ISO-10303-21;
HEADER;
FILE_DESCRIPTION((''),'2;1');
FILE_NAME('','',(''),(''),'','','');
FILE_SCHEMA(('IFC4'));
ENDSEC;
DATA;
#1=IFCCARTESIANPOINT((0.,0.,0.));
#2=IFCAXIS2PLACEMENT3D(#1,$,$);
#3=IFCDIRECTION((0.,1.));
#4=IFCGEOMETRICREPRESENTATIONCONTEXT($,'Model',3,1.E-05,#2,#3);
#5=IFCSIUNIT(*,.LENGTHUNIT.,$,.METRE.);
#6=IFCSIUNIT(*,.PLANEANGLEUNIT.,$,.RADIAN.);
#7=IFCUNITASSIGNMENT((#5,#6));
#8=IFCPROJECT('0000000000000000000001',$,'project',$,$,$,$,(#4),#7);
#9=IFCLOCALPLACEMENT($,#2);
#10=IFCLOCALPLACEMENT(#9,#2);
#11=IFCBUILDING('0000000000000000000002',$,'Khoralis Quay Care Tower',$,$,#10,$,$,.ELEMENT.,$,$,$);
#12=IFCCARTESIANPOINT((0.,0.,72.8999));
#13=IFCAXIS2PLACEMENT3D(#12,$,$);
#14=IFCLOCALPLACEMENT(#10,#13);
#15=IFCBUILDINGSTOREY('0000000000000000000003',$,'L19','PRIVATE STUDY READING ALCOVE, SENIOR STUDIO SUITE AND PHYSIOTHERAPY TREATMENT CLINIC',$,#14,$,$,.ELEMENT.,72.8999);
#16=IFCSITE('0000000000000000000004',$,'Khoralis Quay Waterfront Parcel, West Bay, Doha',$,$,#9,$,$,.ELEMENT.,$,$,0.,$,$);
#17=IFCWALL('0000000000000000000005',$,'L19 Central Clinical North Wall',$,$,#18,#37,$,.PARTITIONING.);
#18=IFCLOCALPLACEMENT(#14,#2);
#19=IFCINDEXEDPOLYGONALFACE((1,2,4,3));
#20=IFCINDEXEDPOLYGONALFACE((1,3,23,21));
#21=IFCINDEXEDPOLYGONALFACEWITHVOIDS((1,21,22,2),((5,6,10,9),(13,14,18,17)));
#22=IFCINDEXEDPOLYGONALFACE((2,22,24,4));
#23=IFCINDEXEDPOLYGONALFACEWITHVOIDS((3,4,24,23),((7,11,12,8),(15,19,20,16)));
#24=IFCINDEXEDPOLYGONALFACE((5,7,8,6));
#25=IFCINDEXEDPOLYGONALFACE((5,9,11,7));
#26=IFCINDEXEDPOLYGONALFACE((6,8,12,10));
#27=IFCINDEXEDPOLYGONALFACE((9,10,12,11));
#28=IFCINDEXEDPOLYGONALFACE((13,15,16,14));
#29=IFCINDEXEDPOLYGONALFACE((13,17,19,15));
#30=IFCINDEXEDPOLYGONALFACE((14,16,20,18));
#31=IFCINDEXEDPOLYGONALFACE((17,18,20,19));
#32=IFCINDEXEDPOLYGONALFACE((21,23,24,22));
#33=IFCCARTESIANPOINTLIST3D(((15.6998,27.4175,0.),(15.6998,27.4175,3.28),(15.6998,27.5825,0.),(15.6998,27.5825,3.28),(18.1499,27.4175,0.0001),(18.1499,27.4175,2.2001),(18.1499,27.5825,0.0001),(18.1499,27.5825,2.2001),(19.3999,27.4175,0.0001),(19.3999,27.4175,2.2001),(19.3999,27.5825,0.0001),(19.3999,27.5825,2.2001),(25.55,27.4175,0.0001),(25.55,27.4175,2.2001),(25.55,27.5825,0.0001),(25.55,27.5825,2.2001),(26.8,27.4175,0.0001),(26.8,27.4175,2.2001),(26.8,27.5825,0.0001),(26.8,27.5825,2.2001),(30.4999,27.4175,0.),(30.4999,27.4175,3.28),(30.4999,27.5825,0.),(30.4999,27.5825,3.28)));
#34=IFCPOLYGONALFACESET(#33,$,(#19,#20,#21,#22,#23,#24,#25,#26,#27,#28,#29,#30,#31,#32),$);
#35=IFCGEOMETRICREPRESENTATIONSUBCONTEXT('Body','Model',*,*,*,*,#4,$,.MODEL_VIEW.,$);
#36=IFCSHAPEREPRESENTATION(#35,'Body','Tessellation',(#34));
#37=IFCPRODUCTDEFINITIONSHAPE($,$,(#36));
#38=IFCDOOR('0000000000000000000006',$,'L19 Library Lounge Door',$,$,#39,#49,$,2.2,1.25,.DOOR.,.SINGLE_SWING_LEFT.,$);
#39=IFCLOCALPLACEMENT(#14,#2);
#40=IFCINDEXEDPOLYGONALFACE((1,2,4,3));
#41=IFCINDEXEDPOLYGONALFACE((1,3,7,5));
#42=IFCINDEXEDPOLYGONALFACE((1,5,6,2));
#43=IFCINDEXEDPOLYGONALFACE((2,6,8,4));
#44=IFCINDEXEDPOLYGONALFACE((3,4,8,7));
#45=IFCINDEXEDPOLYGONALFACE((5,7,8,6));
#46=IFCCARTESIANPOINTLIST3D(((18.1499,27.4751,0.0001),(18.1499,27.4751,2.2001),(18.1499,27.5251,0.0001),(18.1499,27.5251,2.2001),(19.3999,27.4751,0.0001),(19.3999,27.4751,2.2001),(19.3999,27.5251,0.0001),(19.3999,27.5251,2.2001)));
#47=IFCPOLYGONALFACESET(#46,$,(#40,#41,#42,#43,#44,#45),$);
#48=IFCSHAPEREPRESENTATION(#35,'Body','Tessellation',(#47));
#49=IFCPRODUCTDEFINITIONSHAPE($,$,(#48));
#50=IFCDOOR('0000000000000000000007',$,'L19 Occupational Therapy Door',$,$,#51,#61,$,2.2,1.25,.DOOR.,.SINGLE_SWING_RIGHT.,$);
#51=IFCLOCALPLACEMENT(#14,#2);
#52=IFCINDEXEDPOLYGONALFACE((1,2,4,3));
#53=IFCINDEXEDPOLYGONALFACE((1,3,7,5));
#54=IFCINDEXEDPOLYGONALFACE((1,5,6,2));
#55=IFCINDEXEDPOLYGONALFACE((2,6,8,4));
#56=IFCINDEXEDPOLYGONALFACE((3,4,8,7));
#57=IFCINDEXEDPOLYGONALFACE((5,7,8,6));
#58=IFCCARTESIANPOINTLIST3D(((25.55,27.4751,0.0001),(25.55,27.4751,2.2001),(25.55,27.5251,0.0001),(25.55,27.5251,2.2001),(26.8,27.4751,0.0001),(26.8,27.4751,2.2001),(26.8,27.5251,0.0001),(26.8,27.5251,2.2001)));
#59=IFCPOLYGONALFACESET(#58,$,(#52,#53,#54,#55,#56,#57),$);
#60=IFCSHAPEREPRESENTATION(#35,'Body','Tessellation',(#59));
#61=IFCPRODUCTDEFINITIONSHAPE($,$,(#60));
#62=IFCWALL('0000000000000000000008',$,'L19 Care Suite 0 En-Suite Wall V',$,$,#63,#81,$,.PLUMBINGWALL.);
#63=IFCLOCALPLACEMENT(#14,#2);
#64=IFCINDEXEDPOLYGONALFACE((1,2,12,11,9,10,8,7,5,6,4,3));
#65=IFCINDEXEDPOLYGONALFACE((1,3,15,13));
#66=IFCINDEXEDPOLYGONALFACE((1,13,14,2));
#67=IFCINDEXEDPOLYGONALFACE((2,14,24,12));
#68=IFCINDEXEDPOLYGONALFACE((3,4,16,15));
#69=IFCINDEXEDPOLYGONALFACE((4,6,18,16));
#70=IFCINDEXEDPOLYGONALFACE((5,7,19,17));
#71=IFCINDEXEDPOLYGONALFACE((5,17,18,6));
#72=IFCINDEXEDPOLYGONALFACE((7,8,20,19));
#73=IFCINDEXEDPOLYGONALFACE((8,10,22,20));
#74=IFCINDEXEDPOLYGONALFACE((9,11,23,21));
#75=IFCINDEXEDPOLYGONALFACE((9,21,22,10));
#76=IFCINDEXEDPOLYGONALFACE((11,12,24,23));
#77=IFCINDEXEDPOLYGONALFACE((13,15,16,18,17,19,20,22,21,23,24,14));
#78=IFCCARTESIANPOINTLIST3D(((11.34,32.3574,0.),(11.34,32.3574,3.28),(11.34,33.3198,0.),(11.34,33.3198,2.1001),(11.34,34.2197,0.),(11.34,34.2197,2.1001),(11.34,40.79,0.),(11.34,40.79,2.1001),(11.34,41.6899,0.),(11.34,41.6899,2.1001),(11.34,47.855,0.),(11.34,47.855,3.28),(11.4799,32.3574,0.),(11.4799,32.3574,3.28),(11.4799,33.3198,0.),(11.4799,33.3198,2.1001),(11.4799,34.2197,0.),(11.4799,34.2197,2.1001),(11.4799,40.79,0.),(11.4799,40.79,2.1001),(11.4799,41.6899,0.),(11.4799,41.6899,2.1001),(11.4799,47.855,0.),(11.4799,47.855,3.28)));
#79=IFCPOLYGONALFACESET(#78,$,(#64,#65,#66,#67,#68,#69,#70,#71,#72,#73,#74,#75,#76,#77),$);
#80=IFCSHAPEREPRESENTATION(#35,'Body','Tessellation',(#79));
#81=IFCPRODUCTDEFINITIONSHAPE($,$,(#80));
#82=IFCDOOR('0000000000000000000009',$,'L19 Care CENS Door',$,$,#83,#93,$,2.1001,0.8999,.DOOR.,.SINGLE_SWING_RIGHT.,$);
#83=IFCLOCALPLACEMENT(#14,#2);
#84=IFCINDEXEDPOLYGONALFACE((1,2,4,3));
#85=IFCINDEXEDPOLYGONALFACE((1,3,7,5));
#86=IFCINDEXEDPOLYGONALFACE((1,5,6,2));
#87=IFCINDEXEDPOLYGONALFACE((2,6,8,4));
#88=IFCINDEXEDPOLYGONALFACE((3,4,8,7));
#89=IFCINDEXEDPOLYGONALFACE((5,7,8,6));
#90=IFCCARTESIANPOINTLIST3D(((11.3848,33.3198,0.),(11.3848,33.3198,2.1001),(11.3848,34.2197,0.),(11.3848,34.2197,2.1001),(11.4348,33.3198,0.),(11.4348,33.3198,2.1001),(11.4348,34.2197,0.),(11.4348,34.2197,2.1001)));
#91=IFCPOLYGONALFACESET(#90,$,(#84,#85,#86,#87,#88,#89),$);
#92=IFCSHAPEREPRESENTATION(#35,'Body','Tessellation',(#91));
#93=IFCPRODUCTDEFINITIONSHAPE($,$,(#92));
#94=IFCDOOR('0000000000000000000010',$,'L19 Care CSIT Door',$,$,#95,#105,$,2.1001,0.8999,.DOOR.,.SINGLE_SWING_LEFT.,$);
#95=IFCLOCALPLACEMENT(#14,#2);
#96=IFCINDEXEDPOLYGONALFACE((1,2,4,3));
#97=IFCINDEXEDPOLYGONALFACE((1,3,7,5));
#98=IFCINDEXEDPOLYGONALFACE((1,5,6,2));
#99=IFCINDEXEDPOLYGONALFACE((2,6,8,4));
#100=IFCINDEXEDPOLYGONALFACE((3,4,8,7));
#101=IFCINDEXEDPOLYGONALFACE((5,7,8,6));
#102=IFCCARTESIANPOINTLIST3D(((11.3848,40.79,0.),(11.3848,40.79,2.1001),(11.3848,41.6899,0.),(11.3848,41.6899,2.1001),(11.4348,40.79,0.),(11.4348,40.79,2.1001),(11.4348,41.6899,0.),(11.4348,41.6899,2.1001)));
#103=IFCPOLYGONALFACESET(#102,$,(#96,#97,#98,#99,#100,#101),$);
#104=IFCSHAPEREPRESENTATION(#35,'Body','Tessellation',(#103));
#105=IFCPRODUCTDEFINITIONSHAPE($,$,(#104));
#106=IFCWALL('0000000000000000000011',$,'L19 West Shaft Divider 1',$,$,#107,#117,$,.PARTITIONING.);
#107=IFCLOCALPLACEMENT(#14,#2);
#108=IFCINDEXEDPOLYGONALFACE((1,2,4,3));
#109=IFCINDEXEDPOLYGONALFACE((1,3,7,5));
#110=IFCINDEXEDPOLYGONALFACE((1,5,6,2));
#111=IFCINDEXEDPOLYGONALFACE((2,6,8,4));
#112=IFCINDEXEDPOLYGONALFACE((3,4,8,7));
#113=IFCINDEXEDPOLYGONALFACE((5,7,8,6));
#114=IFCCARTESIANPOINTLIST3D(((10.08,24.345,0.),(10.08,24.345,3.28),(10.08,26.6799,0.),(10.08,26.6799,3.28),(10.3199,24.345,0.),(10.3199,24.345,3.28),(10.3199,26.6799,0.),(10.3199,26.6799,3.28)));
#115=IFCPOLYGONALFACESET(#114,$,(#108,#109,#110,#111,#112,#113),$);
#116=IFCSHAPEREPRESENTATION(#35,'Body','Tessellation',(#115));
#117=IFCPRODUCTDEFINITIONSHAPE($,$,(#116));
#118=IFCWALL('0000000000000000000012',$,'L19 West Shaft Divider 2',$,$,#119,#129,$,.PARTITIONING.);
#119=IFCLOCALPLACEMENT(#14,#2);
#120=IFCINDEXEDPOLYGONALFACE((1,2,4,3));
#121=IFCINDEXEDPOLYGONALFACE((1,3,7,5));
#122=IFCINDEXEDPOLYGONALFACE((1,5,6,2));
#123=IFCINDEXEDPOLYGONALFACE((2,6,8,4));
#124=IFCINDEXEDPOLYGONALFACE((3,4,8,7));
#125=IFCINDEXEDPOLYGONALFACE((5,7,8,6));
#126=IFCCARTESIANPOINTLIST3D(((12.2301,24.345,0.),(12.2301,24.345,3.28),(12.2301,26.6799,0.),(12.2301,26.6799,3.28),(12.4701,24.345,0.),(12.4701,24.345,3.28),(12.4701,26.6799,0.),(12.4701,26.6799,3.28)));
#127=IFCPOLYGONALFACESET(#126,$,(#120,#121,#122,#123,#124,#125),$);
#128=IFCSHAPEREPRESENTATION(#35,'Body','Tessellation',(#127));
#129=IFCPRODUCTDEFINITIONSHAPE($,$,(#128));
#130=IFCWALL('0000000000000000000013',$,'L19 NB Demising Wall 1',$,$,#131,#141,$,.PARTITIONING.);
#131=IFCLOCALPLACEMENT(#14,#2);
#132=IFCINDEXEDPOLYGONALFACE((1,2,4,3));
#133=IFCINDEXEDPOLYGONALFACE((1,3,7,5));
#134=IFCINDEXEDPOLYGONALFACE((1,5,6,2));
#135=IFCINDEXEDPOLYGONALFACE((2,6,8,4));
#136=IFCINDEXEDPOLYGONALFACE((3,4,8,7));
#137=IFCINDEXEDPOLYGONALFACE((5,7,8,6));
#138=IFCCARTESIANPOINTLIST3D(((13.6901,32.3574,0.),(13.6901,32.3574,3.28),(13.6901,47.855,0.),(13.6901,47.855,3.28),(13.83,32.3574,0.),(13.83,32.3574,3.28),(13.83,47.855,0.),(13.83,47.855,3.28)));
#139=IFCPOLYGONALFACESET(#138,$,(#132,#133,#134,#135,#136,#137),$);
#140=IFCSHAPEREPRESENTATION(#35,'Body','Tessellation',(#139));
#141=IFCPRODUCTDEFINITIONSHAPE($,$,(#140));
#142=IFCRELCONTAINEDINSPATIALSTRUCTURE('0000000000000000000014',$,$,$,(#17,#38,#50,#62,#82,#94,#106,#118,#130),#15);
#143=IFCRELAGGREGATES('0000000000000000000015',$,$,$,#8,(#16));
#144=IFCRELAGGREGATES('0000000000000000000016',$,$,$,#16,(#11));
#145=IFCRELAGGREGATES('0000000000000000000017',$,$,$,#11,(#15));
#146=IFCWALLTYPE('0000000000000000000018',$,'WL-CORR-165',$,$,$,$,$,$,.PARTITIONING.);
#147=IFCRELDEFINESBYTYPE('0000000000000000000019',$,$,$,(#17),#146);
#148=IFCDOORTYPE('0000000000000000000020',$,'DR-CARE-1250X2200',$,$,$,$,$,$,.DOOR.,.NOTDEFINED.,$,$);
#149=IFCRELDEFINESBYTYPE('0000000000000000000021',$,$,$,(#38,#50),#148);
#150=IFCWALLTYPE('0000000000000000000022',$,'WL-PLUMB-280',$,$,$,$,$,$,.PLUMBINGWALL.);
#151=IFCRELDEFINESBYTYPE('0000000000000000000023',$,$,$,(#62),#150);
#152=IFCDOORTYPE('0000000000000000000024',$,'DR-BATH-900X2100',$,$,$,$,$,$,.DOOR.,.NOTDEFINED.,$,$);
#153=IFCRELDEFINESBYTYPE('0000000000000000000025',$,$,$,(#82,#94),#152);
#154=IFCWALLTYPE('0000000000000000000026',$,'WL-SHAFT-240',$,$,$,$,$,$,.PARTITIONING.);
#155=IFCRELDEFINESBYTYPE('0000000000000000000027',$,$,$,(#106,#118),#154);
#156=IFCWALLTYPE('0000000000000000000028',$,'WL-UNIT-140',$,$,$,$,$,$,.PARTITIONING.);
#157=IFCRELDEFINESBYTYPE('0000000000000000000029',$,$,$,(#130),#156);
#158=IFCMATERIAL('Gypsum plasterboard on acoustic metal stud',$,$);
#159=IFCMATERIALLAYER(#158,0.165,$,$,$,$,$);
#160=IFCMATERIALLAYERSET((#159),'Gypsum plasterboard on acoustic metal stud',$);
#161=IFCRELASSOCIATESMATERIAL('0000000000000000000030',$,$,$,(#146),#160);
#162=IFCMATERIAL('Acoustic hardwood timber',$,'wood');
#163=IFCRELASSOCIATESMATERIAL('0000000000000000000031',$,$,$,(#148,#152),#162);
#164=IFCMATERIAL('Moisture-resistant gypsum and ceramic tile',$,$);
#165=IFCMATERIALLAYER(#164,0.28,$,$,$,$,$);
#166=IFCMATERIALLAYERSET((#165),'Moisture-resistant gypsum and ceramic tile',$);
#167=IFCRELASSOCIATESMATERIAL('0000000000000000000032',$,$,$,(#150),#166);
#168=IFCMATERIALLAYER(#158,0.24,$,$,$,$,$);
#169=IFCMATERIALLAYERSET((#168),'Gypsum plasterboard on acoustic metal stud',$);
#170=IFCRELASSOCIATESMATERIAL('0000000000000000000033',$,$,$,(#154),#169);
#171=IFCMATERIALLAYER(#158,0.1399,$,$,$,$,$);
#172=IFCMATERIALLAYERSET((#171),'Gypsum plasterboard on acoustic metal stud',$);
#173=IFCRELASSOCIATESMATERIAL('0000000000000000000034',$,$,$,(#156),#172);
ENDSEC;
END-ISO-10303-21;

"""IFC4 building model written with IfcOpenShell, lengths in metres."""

from ifc_helpers import new_model, si_unit, direction, frame, frame_2d, origin, place, context, subcontext, project, spatial, rectangle, extrude, source, transform, mapped, material, layer, layer_set, type_object, element, fill, save


model = new_model("IFC4")

# Units and contexts
model_context = context("Model", 3, precision=1e-05, world=origin(), true_north=direction((0.0, 1.0)))
body_context = subcontext(model_context, "Body", "Model", "MODEL_VIEW")
ifc_project = project(units=[si_unit("LENGTHUNIT", "METRE"), si_unit("PLANEANGLEUNIT", "RADIAN")], contexts=[model_context])

# Site, building, storey
site_placement = place(None, origin())
site = spatial("IfcSite", under=ifc_project, at=site_placement, Name="Khoralis Quay Waterfront Parcel, West Bay, Doha", CompositionType="ELEMENT", RefElevation=0.0)
building_placement = place(site_placement, origin())
building = spatial("IfcBuilding", under=site, at=building_placement, Name="Khoralis Quay Care Tower", CompositionType="ELEMENT")
storey_placement = place(building_placement, frame((0.0, 0.0, 72.8999)))
storey = spatial("IfcBuildingStorey", under=building, at=storey_placement, Name="L19", Description="PRIVATE STUDY READING ALCOVE, SENIOR STUDIO SUITE AND PHYSIOTHERAPY TREATMENT CLINIC", CompositionType="ELEMENT", Elevation=72.8999)

# Shared definitions
ifc_material_1 = material(Name="Gypsum plasterboard on acoustic metal stud")
ifc_layer_1 = layer(ifc_material_1, 0.165)
ifc_layer_set_1 = layer_set([ifc_layer_1], Name="Gypsum plasterboard on acoustic metal stud")
wall_type_1 = type_object("IfcWallType", Name="WL-CORR-165", PredefinedType="PARTITIONING", material=ifc_layer_set_1)

# Walls, openings, doors
wall_1_placement = place(storey_placement, frame((15.7, 27.5, 0.0), z_axis=(0.0, 0.0, 1.0), x_axis=(1.0, 0.0, 0.0)))
wall_1 = element("IfcWall", 1, at=wall_1_placement, inside=storey, type_object=wall_type_1, Name="L19 Central Clinical North Wall", PredefinedType="PARTITIONING", context=body_context, shape_type="SweptSolid", body=[
    extrude(rectangle(XDim=14.8, YDim=0.165, at=frame_2d((7.3999, 0.0))), origin(), (0.0, 0.0, 1.0), 3.28),
])
opening_1_placement = place(wall_1_placement, frame((2.45, 0.0, 0.0)))
opening_1 = element("IfcOpeningElement", 2, at=opening_1_placement, cuts=wall_1, PredefinedType="OPENING", context=body_context, shape_type="SweptSolid", body=[
    extrude(rectangle(XDim=1.25, YDim=2.2, at=frame_2d((0.625, 1.1001))), frame((0.0, 0.0925, 0.0), z_axis=(0.0, -1.0, 0.0), x_axis=(1.0, 0.0, 0.0)), (0.0, 0.0, 1.0), 0.1851),
])
opening_2_placement = place(wall_1_placement, frame((9.8501, 0.0, 0.0)))
opening_2 = element("IfcOpeningElement", 3, at=opening_2_placement, cuts=wall_1, PredefinedType="OPENING", context=body_context, shape_type="SweptSolid", body=[
    extrude(rectangle(XDim=1.25, YDim=2.2, at=frame_2d((0.625, 1.1001))), frame((0.0, 0.0925, 0.0), z_axis=(0.0, -1.0, 0.0), x_axis=(1.0, 0.0, 0.0)), (0.0, 0.0, 1.0), 0.1851),
])
ifc_material_2 = material(Name="Acoustic hardwood timber", Category="wood")
door_type_1 = type_object("IfcDoorType", Name="DR-CARE-1250X2200", OperationType="NOTDEFINED", PredefinedType="DOOR", material=ifc_material_2)
shared_shape_1 = source(origin(), body_context, "Body", "SweptSolid", [
    extrude(rectangle(XDim=1.25, YDim=2.2, at=frame_2d((0.625, 1.1001))), frame((0.0, 0.0249, 0.0), z_axis=(0.0, -1.0, 0.0), x_axis=(1.0, 0.0, 0.0)), (0.0, 0.0, 1.0), 0.05),
])
door_1_placement = place(opening_1_placement, frame((1.25, 0.0, 0.0), z_axis=(0.0, 0.0, 1.0), x_axis=(-1.0, 0.0, 0.0)))
door_1 = element("IfcDoor", 4, at=door_1_placement, inside=storey, type_object=door_type_1, Name="L19 Library Lounge Door", OperationType="SINGLE_SWING_LEFT", OverallHeight=2.2, OverallWidth=1.25, PredefinedType="DOOR", context=body_context, shape_type="MappedRepresentation", body=[
    mapped(shared_shape_1, transform((0.0, 0.0, 0.0), scale=1.0)),
])
fill(opening_1, door_1)
door_2_placement = place(opening_2_placement, frame((1.25, 0.0, 0.0), z_axis=(0.0, 0.0, 1.0), x_axis=(-1.0, 0.0, 0.0)))
door_2 = element("IfcDoor", 5, at=door_2_placement, inside=storey, type_object=door_type_1, Name="L19 Occupational Therapy Door", OperationType="SINGLE_SWING_RIGHT", OverallHeight=2.2, OverallWidth=1.25, PredefinedType="DOOR", context=body_context, shape_type="MappedRepresentation", body=[
    mapped(shared_shape_1, transform((0.0, 0.0, 0.0), scale=1.0)),
])
fill(opening_2, door_2)
ifc_material_3 = material(Name="Moisture-resistant gypsum and ceramic tile")
ifc_layer_2 = layer(ifc_material_3, 0.28)
ifc_layer_set_2 = layer_set([ifc_layer_2], Name="Moisture-resistant gypsum and ceramic tile")
wall_type_2 = type_object("IfcWallType", Name="WL-PLUMB-280", PredefinedType="PLUMBINGWALL", material=ifc_layer_set_2)
wall_2_placement = place(storey_placement, frame((11.4099, 32.3574, 0.0), z_axis=(0.0, 0.0, 1.0), x_axis=(0.0, 1.0, 0.0)))
wall_2 = element("IfcWall", 6, at=wall_2_placement, inside=storey, type_object=wall_type_2, Name="L19 Care Suite 0 En-Suite Wall V", PredefinedType="PLUMBINGWALL", context=body_context, shape_type="SweptSolid", body=[
    extrude(rectangle(XDim=15.4976, YDim=0.1399, at=frame_2d((7.7488, 0.0))), origin(), (0.0, 0.0, 1.0), 3.28),
])
opening_3_placement = place(wall_2_placement, frame((0.9624, 0.0, 0.0)))
opening_3 = element("IfcOpeningElement", 7, at=opening_3_placement, cuts=wall_2, PredefinedType="OPENING", context=body_context, shape_type="SweptSolid", body=[
    extrude(rectangle(XDim=0.8999, YDim=2.1001, at=frame_2d((0.45, 1.05))), frame((0.0, 0.0801, 0.0), z_axis=(0.0, -1.0, 0.0), x_axis=(1.0, 0.0, 0.0)), (0.0, 0.0, 1.0), 0.1599),
])
opening_4_placement = place(wall_2_placement, frame((8.4326, 0.0, 0.0)))
opening_4 = element("IfcOpeningElement", 8, at=opening_4_placement, cuts=wall_2, PredefinedType="OPENING", context=body_context, shape_type="SweptSolid", body=[
    extrude(rectangle(XDim=0.8999, YDim=2.1001, at=frame_2d((0.45, 1.05))), frame((0.0, 0.0801, 0.0), z_axis=(0.0, -1.0, 0.0), x_axis=(1.0, 0.0, 0.0)), (0.0, 0.0, 1.0), 0.1599),
])
door_type_2 = type_object("IfcDoorType", Name="DR-BATH-900X2100", OperationType="NOTDEFINED", PredefinedType="DOOR", material=ifc_material_2)
shared_shape_2 = source(origin(), body_context, "Body", "SweptSolid", [
    extrude(rectangle(XDim=0.8999, YDim=2.1001, at=frame_2d((0.45, 1.05))), frame((0.0, 0.0249, 0.0), z_axis=(0.0, -1.0, 0.0), x_axis=(1.0, 0.0, 0.0)), (0.0, 0.0, 1.0), 0.05),
])
door_3_placement = place(opening_3_placement, frame((0.8999, 0.0, 0.0), z_axis=(0.0, 0.0, 1.0), x_axis=(-1.0, 0.0, 0.0)))
door_3 = element("IfcDoor", 9, at=door_3_placement, inside=storey, type_object=door_type_2, Name="L19 Care CENS Door", OperationType="SINGLE_SWING_RIGHT", OverallHeight=2.1001, OverallWidth=0.8999, PredefinedType="DOOR", context=body_context, shape_type="MappedRepresentation", body=[
    mapped(shared_shape_2, transform((0.0, 0.0, 0.0), scale=1.0)),
])
fill(opening_3, door_3)
door_4_placement = place(opening_4_placement, frame((0.8999, 0.0, 0.0), z_axis=(0.0, 0.0, 1.0), x_axis=(-1.0, 0.0, 0.0)))
door_4 = element("IfcDoor", 10, at=door_4_placement, inside=storey, type_object=door_type_2, Name="L19 Care CSIT Door", OperationType="SINGLE_SWING_LEFT", OverallHeight=2.1001, OverallWidth=0.8999, PredefinedType="DOOR", context=body_context, shape_type="MappedRepresentation", body=[
    mapped(shared_shape_2, transform((0.0, 0.0, 0.0), scale=1.0)),
])
fill(opening_4, door_4)

# Walls
ifc_layer_3 = layer(ifc_material_1, 0.24)
ifc_layer_set_3 = layer_set([ifc_layer_3], Name="Gypsum plasterboard on acoustic metal stud")
wall_type_3 = type_object("IfcWallType", Name="WL-SHAFT-240", PredefinedType="PARTITIONING", material=ifc_layer_set_3)
for number, where, z_axis, x_axis, name in (
    (11, (10.2, 24.345, 0.0), (0.0, 0.0, 1.0), (0.0, 1.0, 0.0), "L19 West Shaft Divider 1"),
    (12, (12.3501, 24.345, 0.0), (0.0, 0.0, 1.0), (0.0, 1.0, 0.0), "L19 West Shaft Divider 2"),
):
    element("IfcWall", number, at=place(storey_placement, frame(where, z_axis=z_axis, x_axis=x_axis)), inside=storey, type_object=wall_type_3, Name=name, PredefinedType="PARTITIONING", context=body_context, shape_type="SweptSolid", body=[
        extrude(rectangle(XDim=2.335, YDim=0.24, at=frame_2d((1.1675, 0.0))), origin(), (0.0, 0.0, 1.0), 3.28),
    ])
ifc_layer_4 = layer(ifc_material_1, 0.1399)
ifc_layer_set_4 = layer_set([ifc_layer_4], Name="Gypsum plasterboard on acoustic metal stud")
wall_type_4 = type_object("IfcWallType", Name="WL-UNIT-140", PredefinedType="PARTITIONING", material=ifc_layer_set_4)
wall_3_placement = place(storey_placement, frame((13.76, 32.3574, 0.0), z_axis=(0.0, 0.0, 1.0), x_axis=(0.0, 1.0, 0.0)))
element("IfcWall", 13, at=wall_3_placement, inside=storey, type_object=wall_type_4, Name="L19 NB Demising Wall 1", PredefinedType="PARTITIONING", context=body_context, shape_type="SweptSolid", body=[
    extrude(rectangle(XDim=15.4976, YDim=0.1399, at=frame_2d((7.7488, 0.0))), origin(), (0.0, 0.0, 1.0), 3.28),
])

save(model, "model.ifc")
